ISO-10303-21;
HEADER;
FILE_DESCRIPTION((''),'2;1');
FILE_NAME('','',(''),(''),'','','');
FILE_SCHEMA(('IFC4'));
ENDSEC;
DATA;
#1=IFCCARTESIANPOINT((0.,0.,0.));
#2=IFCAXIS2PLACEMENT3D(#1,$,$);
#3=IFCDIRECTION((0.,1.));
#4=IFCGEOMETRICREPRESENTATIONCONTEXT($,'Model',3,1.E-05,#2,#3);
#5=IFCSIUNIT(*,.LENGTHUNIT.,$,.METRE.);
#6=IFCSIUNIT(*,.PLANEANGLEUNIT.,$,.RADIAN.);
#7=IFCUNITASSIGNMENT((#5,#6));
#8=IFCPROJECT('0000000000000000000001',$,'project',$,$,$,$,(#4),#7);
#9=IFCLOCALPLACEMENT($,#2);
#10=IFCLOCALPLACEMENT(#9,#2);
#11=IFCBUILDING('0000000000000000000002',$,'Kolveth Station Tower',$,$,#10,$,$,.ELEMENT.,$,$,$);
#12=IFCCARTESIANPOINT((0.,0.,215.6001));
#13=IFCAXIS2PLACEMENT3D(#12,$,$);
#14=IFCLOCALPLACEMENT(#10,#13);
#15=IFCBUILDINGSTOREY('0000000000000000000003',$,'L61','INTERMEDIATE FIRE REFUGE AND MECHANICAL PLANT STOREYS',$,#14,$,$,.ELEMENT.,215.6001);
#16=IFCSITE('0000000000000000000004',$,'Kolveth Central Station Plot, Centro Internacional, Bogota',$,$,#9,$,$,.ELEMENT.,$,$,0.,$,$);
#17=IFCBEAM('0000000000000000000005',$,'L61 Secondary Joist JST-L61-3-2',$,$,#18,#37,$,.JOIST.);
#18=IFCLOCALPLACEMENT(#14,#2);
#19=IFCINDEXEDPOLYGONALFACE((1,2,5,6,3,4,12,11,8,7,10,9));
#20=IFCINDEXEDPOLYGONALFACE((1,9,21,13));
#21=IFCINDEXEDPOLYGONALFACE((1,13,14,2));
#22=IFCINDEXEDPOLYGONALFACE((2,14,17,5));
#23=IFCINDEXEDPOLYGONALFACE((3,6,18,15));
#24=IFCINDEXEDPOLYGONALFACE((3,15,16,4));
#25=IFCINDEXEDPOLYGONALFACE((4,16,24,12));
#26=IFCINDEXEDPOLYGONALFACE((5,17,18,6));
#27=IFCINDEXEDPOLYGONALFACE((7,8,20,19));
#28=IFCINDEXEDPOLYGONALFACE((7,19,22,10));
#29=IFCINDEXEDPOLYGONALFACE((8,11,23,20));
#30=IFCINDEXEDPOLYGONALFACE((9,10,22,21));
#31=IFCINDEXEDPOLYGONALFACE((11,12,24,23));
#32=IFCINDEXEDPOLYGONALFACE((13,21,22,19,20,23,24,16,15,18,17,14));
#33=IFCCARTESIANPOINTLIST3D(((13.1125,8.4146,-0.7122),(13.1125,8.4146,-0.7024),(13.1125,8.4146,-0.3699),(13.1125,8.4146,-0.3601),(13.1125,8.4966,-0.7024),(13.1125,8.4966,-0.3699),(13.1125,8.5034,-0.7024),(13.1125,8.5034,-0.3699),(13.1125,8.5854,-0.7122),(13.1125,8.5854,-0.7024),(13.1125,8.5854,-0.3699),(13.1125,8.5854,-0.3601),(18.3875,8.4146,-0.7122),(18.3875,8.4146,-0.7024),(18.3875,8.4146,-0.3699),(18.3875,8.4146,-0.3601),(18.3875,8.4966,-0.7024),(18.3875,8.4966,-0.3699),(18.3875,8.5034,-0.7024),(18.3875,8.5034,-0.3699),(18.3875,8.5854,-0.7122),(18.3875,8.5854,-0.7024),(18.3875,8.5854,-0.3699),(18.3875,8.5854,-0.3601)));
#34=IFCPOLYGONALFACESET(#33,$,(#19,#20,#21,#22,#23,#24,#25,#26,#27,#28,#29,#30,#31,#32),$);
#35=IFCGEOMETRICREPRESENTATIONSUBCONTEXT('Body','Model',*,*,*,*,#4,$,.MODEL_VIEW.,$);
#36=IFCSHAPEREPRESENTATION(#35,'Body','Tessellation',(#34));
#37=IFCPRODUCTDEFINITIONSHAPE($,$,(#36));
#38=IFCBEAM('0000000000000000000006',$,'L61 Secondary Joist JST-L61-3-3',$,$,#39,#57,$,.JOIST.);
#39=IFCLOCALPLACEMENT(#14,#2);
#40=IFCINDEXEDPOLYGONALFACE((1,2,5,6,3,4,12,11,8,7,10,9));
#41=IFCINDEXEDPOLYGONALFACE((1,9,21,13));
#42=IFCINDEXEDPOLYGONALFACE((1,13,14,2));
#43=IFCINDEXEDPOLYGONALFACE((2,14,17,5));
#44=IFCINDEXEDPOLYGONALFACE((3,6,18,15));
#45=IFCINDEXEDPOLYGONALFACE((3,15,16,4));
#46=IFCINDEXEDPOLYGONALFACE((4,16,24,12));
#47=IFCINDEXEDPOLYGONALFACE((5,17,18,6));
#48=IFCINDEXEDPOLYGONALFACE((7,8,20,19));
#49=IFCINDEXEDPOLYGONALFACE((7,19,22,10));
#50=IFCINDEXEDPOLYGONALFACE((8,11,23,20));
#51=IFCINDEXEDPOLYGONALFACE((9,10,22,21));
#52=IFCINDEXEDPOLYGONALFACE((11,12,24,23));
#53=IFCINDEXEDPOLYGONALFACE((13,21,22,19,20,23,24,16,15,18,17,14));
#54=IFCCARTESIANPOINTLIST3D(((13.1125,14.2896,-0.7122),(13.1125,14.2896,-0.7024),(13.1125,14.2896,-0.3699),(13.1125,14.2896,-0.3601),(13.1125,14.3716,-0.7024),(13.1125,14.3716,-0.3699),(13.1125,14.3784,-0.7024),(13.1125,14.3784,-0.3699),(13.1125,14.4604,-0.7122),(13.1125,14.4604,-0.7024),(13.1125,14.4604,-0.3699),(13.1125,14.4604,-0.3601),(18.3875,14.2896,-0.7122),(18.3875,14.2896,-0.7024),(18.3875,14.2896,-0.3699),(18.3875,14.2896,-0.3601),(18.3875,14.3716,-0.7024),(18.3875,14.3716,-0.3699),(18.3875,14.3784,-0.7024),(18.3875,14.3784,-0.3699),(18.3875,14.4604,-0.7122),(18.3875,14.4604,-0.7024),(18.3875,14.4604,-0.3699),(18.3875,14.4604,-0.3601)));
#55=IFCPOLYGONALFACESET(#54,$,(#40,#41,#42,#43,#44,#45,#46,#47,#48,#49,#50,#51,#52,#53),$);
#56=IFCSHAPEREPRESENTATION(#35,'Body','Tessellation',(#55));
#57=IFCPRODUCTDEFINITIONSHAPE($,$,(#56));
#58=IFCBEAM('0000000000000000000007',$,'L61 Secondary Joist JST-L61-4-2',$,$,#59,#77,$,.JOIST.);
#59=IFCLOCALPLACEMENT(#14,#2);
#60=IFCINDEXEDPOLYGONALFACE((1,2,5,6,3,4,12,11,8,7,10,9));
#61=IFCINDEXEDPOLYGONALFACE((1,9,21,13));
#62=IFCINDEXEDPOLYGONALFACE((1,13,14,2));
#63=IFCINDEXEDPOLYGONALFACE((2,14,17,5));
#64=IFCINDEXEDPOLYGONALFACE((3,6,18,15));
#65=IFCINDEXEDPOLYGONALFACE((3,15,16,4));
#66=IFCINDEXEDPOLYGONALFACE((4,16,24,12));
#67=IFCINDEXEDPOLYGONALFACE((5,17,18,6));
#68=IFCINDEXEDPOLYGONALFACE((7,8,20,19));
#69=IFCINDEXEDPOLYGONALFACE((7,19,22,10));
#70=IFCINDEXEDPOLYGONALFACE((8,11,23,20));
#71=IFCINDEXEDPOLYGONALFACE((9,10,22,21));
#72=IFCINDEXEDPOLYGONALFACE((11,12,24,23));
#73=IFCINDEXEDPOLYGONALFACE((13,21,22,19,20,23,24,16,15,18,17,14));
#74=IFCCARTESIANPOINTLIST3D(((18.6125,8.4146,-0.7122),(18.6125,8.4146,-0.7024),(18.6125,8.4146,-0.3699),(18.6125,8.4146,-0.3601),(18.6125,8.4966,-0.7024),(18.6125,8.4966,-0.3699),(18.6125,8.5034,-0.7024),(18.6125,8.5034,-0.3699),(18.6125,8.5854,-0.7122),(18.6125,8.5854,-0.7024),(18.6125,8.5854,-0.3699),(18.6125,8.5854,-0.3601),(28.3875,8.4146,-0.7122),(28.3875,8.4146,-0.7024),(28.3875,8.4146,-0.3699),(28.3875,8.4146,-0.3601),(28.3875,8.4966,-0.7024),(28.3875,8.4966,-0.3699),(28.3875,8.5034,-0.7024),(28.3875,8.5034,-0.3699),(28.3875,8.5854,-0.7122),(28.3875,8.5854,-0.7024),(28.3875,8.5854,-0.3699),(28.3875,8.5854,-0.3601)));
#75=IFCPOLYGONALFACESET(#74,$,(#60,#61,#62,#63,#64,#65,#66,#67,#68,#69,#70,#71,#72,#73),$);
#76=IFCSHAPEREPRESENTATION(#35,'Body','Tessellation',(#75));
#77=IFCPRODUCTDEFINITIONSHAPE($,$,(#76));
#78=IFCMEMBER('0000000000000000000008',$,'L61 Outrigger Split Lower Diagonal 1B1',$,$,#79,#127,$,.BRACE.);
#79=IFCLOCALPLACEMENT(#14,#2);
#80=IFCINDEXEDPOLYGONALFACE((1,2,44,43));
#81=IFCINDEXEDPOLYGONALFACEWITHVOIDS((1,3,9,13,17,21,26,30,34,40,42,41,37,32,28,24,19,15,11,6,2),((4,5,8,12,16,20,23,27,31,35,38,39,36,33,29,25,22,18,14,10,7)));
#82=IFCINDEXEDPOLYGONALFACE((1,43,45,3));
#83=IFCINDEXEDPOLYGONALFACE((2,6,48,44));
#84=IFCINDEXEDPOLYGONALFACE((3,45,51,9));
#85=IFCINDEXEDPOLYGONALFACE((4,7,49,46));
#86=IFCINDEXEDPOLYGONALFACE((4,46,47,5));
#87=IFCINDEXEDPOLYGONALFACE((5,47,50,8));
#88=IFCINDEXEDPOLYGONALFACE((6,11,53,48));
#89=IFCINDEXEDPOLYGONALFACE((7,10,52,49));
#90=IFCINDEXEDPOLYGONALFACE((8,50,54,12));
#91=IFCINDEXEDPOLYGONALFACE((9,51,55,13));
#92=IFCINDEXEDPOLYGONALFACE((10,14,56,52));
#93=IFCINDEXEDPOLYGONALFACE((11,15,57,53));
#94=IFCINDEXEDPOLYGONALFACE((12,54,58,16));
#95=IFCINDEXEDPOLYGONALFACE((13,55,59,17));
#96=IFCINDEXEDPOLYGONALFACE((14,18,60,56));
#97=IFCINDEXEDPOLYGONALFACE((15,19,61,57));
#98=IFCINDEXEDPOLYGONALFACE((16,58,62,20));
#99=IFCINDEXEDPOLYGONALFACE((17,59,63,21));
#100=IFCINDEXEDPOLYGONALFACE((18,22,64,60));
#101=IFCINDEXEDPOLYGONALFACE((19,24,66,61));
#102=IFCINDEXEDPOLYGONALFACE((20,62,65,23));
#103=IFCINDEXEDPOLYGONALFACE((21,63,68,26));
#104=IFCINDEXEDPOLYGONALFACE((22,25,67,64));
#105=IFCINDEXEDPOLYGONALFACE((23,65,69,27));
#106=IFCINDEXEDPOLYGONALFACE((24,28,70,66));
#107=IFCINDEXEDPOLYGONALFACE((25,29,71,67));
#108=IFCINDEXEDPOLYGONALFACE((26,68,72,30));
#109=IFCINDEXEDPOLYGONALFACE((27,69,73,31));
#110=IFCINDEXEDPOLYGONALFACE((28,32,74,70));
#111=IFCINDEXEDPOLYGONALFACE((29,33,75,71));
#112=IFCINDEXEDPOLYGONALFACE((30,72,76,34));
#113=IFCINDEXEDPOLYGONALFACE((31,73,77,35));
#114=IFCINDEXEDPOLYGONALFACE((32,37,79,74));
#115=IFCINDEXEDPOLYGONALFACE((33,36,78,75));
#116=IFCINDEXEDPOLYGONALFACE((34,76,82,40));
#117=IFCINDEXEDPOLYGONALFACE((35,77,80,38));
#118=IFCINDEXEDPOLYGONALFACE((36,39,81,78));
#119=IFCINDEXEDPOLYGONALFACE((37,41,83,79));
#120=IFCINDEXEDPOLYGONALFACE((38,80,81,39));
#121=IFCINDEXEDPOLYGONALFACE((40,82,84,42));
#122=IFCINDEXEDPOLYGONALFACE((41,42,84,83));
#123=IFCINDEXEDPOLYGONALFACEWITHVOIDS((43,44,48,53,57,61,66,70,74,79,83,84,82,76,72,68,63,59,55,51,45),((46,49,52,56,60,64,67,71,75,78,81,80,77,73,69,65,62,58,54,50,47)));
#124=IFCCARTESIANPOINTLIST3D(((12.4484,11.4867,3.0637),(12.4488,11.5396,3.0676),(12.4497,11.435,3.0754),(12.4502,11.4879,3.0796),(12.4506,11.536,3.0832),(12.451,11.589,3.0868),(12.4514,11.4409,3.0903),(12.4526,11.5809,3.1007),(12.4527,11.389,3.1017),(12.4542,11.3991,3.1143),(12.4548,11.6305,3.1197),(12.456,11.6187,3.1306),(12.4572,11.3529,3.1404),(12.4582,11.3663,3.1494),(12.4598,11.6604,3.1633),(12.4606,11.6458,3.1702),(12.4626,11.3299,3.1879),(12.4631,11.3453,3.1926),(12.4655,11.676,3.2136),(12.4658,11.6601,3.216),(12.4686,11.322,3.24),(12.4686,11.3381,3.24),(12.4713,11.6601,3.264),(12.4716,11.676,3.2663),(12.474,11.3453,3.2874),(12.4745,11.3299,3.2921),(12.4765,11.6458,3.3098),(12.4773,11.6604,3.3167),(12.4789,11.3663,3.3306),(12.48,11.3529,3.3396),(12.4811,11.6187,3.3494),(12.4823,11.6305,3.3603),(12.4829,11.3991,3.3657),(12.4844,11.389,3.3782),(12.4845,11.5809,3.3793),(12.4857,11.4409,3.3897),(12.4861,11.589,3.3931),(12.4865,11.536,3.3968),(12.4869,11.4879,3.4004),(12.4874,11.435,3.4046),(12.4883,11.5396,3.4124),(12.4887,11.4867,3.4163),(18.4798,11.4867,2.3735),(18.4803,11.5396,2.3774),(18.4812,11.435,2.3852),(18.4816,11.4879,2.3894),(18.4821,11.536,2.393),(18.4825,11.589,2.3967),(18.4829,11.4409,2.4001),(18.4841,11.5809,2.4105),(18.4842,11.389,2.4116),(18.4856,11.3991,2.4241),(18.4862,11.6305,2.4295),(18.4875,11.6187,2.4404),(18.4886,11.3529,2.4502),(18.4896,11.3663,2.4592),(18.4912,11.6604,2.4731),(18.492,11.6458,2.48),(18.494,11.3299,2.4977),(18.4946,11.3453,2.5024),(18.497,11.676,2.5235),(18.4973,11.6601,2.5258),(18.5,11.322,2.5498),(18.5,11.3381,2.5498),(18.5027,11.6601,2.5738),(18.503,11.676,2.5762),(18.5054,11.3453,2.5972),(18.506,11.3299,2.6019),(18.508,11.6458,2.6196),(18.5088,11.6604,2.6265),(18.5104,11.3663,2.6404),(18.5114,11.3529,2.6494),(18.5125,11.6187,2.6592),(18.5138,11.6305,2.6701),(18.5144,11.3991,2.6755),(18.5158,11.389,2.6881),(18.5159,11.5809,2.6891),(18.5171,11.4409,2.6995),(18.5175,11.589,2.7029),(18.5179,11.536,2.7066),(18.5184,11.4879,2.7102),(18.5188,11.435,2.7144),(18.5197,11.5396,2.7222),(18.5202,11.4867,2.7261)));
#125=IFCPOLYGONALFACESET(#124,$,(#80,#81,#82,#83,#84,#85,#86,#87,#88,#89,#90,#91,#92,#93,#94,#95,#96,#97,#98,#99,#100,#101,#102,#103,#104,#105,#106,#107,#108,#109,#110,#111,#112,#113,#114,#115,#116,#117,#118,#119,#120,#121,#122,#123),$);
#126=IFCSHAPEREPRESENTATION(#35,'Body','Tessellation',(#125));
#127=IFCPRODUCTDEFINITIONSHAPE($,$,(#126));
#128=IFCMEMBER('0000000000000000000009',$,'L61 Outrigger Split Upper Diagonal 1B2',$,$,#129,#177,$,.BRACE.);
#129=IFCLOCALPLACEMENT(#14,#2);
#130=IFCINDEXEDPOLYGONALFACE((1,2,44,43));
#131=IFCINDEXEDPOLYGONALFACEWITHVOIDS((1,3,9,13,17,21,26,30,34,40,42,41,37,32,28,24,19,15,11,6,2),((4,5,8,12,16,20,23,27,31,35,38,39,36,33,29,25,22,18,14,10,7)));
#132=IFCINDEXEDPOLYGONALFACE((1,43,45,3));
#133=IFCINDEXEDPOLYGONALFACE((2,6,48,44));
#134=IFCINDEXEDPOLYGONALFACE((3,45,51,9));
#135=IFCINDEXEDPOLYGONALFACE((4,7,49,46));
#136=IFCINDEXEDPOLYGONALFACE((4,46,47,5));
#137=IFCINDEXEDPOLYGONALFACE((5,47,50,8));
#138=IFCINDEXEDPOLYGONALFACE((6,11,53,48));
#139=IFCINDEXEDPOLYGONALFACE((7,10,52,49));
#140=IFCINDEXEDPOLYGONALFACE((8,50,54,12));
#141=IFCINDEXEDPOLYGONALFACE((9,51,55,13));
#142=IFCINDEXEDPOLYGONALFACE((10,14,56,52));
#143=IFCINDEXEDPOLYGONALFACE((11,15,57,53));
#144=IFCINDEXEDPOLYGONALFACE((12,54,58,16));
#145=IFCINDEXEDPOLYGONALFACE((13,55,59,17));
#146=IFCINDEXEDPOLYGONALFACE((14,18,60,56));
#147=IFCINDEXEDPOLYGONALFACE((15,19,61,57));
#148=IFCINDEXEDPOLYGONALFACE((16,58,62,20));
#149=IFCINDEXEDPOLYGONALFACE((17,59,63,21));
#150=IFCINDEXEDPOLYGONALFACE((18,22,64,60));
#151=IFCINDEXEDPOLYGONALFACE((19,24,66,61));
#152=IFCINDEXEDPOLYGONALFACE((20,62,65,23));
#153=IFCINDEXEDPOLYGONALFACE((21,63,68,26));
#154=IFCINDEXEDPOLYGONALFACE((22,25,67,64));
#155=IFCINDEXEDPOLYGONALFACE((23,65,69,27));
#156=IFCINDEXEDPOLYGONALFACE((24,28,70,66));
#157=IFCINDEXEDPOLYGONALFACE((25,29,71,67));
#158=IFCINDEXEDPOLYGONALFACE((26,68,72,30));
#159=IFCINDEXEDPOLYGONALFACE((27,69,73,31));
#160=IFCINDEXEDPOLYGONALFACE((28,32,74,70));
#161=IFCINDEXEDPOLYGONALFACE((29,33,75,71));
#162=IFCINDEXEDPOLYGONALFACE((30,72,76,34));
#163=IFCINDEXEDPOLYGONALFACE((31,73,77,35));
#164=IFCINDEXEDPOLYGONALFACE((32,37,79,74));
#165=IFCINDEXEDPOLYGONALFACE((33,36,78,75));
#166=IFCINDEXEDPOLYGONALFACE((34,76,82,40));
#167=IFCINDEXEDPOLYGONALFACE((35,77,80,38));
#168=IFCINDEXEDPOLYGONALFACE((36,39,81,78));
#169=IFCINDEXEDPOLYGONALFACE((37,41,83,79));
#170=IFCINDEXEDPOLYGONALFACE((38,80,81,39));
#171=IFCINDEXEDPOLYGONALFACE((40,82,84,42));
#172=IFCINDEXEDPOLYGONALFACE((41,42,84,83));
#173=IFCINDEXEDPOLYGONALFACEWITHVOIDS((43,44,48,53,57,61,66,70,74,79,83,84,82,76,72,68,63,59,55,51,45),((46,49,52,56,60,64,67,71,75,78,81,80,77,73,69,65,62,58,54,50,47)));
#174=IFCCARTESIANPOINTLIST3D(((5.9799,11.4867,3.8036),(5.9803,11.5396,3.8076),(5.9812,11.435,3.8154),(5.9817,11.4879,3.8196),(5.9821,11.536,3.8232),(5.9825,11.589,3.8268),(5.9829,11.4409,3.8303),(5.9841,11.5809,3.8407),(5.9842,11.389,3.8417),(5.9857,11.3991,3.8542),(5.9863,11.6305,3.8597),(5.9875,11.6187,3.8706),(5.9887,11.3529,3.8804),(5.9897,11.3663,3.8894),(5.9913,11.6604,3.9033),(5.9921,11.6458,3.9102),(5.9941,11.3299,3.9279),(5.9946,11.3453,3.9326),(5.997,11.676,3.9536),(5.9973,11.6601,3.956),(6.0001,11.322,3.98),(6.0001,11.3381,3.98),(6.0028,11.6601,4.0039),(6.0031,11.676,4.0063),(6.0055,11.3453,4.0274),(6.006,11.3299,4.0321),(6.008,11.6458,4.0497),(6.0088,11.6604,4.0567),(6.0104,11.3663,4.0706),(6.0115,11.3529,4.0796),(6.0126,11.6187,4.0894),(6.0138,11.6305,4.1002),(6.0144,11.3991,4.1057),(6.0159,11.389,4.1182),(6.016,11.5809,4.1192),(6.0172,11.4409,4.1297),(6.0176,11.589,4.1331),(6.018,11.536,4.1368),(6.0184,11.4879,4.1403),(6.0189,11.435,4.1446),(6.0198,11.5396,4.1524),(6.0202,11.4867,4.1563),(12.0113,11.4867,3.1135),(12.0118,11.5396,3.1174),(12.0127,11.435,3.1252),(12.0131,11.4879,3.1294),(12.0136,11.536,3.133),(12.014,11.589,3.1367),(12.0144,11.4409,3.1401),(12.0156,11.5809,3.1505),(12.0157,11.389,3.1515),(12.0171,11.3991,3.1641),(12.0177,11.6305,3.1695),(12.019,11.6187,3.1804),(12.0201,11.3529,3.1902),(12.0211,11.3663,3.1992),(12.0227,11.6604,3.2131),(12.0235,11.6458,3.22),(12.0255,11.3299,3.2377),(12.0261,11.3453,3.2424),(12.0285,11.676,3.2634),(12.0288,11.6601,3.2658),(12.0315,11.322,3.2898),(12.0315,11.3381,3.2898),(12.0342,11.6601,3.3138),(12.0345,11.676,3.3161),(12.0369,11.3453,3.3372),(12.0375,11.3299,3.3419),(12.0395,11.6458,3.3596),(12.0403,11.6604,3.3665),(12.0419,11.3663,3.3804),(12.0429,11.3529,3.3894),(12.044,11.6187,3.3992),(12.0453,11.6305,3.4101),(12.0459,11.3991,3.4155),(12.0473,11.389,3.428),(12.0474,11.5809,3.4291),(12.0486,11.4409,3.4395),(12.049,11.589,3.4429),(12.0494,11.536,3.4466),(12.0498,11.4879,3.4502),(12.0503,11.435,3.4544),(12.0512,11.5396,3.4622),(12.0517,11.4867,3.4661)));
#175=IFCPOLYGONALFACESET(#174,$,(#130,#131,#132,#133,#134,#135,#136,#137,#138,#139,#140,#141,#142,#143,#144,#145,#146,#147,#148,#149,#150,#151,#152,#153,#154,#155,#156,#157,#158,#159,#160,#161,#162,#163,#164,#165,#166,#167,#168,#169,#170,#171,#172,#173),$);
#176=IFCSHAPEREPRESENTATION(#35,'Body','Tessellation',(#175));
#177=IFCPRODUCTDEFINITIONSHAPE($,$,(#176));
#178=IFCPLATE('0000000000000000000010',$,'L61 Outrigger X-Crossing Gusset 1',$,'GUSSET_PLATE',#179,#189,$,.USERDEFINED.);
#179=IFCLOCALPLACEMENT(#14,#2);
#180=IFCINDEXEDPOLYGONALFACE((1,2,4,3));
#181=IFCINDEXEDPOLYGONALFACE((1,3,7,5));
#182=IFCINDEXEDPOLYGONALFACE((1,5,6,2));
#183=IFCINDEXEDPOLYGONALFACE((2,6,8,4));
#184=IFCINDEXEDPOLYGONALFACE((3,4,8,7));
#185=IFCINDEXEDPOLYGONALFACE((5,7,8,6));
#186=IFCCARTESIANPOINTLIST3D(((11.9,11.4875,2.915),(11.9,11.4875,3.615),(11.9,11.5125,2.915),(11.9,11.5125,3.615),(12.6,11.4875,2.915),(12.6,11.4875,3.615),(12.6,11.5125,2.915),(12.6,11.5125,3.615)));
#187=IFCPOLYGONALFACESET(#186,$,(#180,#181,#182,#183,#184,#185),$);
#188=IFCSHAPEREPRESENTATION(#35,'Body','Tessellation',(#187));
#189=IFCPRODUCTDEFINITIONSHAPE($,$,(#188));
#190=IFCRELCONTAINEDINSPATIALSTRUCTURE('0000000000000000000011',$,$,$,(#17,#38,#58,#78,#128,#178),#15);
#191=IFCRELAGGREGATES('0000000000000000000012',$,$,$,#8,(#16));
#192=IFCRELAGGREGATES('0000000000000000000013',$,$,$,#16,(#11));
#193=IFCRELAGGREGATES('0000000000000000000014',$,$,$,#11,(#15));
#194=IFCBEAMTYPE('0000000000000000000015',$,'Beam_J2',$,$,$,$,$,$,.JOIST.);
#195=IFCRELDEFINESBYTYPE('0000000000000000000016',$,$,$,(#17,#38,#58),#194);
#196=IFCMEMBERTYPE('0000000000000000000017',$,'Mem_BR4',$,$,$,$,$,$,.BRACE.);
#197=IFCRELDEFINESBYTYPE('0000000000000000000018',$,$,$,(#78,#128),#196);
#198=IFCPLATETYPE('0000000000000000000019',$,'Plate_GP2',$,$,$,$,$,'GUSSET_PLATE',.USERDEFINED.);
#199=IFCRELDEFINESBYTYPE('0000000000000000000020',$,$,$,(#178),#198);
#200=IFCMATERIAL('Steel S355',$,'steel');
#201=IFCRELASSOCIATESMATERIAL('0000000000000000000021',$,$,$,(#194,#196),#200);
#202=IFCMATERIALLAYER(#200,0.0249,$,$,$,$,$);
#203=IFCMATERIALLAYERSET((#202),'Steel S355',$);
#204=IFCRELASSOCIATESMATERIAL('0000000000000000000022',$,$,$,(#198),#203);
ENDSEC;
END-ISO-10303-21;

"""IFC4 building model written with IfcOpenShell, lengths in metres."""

from ifc_helpers import new_model, si_unit, direction, frame, origin, origin_2d, place, context, subcontext, project, spatial, rectangle, hollow_circle, i_section, extrude, source, transform, mapped, material, layer, layer_set, material_profile, profile_set, type_object, element, save


model = new_model("IFC4")

# Units and contexts
model_context = context("Model", 3, precision=1e-05, world=origin(), true_north=direction((0.0, 1.0)))
body_context = subcontext(model_context, "Body", "Model", "MODEL_VIEW")
ifc_project = project(units=[si_unit("LENGTHUNIT", "METRE"), si_unit("PLANEANGLEUNIT", "RADIAN")], contexts=[model_context])

# Site, building, storey
site_placement = place(None, origin())
site = spatial("IfcSite", under=ifc_project, at=site_placement, Name="Kolveth Central Station Plot, Centro Internacional, Bogota", CompositionType="ELEMENT", RefElevation=0.0)
building_placement = place(site_placement, origin())
building = spatial("IfcBuilding", under=site, at=building_placement, Name="Kolveth Station Tower", CompositionType="ELEMENT")
storey_placement = place(building_placement, frame((0.0, 0.0, 215.6001)))
storey = spatial("IfcBuildingStorey", under=building, at=storey_placement, Name="L61", Description="INTERMEDIATE FIRE REFUGE AND MECHANICAL PLANT STOREYS", CompositionType="ELEMENT", Elevation=215.6001)

# Shared definitions
ifc_material_1 = material(Name="Steel S355", Category="steel")

# Beams
ifc_material_profile_1 = material_profile(ifc_material_1, i_section(OverallWidth=0.1709, OverallDepth=0.3521, WebThickness=0.0068, FlangeThickness=0.0098, at=origin_2d()), Name="W360x44")
ifc_profile_set_1 = profile_set([ifc_material_profile_1], Name="Steel S355")
beam_type_1 = type_object("IfcBeamType", Name="Beam_J2", PredefinedType="JOIST", material=ifc_profile_set_1)
shared_shape_1 = source(origin(), body_context, "Body", "SweptSolid", [
    extrude(i_section(OverallWidth=0.1709, OverallDepth=0.3521, WebThickness=0.0068, FlangeThickness=0.0098, at=origin_2d()), origin(), (0.0, 0.0, 1.0), 5.2749),
])
for number, where, z_axis, x_axis, name in (
    (1, (13.1125, 8.5, -0.5361), (1.0, 0.0, 0.0), (0.0, 1.0, 0.0), "L61 Secondary Joist JST-L61-3-2"),
    (2, (13.1125, 14.375, -0.5361), (1.0, 0.0, 0.0), (0.0, 1.0, 0.0), "L61 Secondary Joist JST-L61-3-3"),
):
    element("IfcBeam", number, at=place(storey_placement, frame(where, z_axis=z_axis, x_axis=x_axis)), inside=storey, type_object=beam_type_1, Name=name, PredefinedType="JOIST", context=body_context, shape_type="MappedRepresentation", body=[
        mapped(shared_shape_1, transform((0.0, 0.0, 0.0), x_axis=(1.0, 0.0, 0.0), y_axis=(0.0, 1.0, 0.0), z_axis=(0.0, 0.0, 1.0), scale=1.0)),
    ])
shared_shape_2 = source(origin(), body_context, "Body", "SweptSolid", [
    extrude(i_section(OverallWidth=0.1709, OverallDepth=0.3521, WebThickness=0.0068, FlangeThickness=0.0098, at=origin_2d()), origin(), (0.0, 0.0, 1.0), 9.7749),
])
beam_1_placement = place(storey_placement, frame((18.6125, 8.5, -0.5361), z_axis=(1.0, 0.0, 0.0), x_axis=(0.0, 1.0, 0.0)))
element("IfcBeam", 3, at=beam_1_placement, inside=storey, type_object=beam_type_1, Name="L61 Secondary Joist JST-L61-4-2", PredefinedType="JOIST", context=body_context, shape_type="MappedRepresentation", body=[
    mapped(shared_shape_2, transform((0.0, 0.0, 0.0), x_axis=(1.0, 0.0, 0.0), y_axis=(0.0, 1.0, 0.0), z_axis=(0.0, 0.0, 1.0), scale=1.0)),
])

# Members
ifc_material_profile_2 = material_profile(ifc_material_1, hollow_circle(Radius=0.178, WallThickness=0.0161, at=origin_2d()), Name="CHS356x16")
ifc_profile_set_2 = profile_set([ifc_material_profile_2], Name="Steel S355")
member_type = type_object("IfcMemberType", Name="Mem_BR4", PredefinedType="BRACE", material=ifc_profile_set_2)
shared_shape_3 = source(origin(), body_context, "Body", "SweptSolid", [
    extrude(hollow_circle(Radius=0.178, WallThickness=0.0161, at=origin_2d()), origin(), (0.0, 0.0, 1.0), 6.0708),
])
for number, where, z_axis, x_axis, name in (
    (4, (18.5, 11.5, 2.5498), (-0.993516, 0.0, 0.113688), (0.0, -1.0, 0.0), "L61 Outrigger Split Lower Diagonal 1B1"),
    (5, (12.0315, 11.5, 3.2898), (-0.993516, 0.0, 0.113688), (0.0, -1.0, 0.0), "L61 Outrigger Split Upper Diagonal 1B2"),
):
    element("IfcMember", number, at=place(storey_placement, frame(where, z_axis=z_axis, x_axis=x_axis)), inside=storey, type_object=member_type, Name=name, PredefinedType="BRACE", context=body_context, shape_type="MappedRepresentation", body=[
        mapped(shared_shape_3, transform((0.0, 0.0, 0.0), x_axis=(1.0, 0.0, 0.0), y_axis=(0.0, 1.0, 0.0), z_axis=(0.0, 0.0, 1.0), scale=1.0)),
    ])

# Plate
ifc_layer_1 = layer(ifc_material_1, 0.0249)
ifc_layer_set_1 = layer_set([ifc_layer_1], Name="Steel S355")
plate_type = type_object("IfcPlateType", Name="Plate_GP2", ElementType="GUSSET_PLATE", PredefinedType="USERDEFINED", material=ifc_layer_set_1)
shared_shape_4 = source(origin(), body_context, "Body", "SweptSolid", [
    extrude(rectangle(XDim=0.7, YDim=0.0249, at=origin_2d()), origin(), (0.0, 0.0, 1.0), 0.7),
])
for number, where, z_axis, x_axis, name in (
    (6, (12.25, 11.5, 2.915), (0.0, 0.0, 1.0), (1.0, 0.0, 0.0), "L61 Outrigger X-Crossing Gusset 1"),
):
    element("IfcPlate", number, at=place(storey_placement, frame(where, z_axis=z_axis, x_axis=x_axis)), inside=storey, type_object=plate_type, Name=name, ObjectType="GUSSET_PLATE", PredefinedType="USERDEFINED", context=body_context, shape_type="MappedRepresentation", body=[
        mapped(shared_shape_4, transform((0.0, 0.0, 0.0), x_axis=(1.0, 0.0, 0.0), y_axis=(0.0, 1.0, 0.0), z_axis=(0.0, 0.0, 1.0), scale=1.0)),
    ])

save(model, "model.ifc")
